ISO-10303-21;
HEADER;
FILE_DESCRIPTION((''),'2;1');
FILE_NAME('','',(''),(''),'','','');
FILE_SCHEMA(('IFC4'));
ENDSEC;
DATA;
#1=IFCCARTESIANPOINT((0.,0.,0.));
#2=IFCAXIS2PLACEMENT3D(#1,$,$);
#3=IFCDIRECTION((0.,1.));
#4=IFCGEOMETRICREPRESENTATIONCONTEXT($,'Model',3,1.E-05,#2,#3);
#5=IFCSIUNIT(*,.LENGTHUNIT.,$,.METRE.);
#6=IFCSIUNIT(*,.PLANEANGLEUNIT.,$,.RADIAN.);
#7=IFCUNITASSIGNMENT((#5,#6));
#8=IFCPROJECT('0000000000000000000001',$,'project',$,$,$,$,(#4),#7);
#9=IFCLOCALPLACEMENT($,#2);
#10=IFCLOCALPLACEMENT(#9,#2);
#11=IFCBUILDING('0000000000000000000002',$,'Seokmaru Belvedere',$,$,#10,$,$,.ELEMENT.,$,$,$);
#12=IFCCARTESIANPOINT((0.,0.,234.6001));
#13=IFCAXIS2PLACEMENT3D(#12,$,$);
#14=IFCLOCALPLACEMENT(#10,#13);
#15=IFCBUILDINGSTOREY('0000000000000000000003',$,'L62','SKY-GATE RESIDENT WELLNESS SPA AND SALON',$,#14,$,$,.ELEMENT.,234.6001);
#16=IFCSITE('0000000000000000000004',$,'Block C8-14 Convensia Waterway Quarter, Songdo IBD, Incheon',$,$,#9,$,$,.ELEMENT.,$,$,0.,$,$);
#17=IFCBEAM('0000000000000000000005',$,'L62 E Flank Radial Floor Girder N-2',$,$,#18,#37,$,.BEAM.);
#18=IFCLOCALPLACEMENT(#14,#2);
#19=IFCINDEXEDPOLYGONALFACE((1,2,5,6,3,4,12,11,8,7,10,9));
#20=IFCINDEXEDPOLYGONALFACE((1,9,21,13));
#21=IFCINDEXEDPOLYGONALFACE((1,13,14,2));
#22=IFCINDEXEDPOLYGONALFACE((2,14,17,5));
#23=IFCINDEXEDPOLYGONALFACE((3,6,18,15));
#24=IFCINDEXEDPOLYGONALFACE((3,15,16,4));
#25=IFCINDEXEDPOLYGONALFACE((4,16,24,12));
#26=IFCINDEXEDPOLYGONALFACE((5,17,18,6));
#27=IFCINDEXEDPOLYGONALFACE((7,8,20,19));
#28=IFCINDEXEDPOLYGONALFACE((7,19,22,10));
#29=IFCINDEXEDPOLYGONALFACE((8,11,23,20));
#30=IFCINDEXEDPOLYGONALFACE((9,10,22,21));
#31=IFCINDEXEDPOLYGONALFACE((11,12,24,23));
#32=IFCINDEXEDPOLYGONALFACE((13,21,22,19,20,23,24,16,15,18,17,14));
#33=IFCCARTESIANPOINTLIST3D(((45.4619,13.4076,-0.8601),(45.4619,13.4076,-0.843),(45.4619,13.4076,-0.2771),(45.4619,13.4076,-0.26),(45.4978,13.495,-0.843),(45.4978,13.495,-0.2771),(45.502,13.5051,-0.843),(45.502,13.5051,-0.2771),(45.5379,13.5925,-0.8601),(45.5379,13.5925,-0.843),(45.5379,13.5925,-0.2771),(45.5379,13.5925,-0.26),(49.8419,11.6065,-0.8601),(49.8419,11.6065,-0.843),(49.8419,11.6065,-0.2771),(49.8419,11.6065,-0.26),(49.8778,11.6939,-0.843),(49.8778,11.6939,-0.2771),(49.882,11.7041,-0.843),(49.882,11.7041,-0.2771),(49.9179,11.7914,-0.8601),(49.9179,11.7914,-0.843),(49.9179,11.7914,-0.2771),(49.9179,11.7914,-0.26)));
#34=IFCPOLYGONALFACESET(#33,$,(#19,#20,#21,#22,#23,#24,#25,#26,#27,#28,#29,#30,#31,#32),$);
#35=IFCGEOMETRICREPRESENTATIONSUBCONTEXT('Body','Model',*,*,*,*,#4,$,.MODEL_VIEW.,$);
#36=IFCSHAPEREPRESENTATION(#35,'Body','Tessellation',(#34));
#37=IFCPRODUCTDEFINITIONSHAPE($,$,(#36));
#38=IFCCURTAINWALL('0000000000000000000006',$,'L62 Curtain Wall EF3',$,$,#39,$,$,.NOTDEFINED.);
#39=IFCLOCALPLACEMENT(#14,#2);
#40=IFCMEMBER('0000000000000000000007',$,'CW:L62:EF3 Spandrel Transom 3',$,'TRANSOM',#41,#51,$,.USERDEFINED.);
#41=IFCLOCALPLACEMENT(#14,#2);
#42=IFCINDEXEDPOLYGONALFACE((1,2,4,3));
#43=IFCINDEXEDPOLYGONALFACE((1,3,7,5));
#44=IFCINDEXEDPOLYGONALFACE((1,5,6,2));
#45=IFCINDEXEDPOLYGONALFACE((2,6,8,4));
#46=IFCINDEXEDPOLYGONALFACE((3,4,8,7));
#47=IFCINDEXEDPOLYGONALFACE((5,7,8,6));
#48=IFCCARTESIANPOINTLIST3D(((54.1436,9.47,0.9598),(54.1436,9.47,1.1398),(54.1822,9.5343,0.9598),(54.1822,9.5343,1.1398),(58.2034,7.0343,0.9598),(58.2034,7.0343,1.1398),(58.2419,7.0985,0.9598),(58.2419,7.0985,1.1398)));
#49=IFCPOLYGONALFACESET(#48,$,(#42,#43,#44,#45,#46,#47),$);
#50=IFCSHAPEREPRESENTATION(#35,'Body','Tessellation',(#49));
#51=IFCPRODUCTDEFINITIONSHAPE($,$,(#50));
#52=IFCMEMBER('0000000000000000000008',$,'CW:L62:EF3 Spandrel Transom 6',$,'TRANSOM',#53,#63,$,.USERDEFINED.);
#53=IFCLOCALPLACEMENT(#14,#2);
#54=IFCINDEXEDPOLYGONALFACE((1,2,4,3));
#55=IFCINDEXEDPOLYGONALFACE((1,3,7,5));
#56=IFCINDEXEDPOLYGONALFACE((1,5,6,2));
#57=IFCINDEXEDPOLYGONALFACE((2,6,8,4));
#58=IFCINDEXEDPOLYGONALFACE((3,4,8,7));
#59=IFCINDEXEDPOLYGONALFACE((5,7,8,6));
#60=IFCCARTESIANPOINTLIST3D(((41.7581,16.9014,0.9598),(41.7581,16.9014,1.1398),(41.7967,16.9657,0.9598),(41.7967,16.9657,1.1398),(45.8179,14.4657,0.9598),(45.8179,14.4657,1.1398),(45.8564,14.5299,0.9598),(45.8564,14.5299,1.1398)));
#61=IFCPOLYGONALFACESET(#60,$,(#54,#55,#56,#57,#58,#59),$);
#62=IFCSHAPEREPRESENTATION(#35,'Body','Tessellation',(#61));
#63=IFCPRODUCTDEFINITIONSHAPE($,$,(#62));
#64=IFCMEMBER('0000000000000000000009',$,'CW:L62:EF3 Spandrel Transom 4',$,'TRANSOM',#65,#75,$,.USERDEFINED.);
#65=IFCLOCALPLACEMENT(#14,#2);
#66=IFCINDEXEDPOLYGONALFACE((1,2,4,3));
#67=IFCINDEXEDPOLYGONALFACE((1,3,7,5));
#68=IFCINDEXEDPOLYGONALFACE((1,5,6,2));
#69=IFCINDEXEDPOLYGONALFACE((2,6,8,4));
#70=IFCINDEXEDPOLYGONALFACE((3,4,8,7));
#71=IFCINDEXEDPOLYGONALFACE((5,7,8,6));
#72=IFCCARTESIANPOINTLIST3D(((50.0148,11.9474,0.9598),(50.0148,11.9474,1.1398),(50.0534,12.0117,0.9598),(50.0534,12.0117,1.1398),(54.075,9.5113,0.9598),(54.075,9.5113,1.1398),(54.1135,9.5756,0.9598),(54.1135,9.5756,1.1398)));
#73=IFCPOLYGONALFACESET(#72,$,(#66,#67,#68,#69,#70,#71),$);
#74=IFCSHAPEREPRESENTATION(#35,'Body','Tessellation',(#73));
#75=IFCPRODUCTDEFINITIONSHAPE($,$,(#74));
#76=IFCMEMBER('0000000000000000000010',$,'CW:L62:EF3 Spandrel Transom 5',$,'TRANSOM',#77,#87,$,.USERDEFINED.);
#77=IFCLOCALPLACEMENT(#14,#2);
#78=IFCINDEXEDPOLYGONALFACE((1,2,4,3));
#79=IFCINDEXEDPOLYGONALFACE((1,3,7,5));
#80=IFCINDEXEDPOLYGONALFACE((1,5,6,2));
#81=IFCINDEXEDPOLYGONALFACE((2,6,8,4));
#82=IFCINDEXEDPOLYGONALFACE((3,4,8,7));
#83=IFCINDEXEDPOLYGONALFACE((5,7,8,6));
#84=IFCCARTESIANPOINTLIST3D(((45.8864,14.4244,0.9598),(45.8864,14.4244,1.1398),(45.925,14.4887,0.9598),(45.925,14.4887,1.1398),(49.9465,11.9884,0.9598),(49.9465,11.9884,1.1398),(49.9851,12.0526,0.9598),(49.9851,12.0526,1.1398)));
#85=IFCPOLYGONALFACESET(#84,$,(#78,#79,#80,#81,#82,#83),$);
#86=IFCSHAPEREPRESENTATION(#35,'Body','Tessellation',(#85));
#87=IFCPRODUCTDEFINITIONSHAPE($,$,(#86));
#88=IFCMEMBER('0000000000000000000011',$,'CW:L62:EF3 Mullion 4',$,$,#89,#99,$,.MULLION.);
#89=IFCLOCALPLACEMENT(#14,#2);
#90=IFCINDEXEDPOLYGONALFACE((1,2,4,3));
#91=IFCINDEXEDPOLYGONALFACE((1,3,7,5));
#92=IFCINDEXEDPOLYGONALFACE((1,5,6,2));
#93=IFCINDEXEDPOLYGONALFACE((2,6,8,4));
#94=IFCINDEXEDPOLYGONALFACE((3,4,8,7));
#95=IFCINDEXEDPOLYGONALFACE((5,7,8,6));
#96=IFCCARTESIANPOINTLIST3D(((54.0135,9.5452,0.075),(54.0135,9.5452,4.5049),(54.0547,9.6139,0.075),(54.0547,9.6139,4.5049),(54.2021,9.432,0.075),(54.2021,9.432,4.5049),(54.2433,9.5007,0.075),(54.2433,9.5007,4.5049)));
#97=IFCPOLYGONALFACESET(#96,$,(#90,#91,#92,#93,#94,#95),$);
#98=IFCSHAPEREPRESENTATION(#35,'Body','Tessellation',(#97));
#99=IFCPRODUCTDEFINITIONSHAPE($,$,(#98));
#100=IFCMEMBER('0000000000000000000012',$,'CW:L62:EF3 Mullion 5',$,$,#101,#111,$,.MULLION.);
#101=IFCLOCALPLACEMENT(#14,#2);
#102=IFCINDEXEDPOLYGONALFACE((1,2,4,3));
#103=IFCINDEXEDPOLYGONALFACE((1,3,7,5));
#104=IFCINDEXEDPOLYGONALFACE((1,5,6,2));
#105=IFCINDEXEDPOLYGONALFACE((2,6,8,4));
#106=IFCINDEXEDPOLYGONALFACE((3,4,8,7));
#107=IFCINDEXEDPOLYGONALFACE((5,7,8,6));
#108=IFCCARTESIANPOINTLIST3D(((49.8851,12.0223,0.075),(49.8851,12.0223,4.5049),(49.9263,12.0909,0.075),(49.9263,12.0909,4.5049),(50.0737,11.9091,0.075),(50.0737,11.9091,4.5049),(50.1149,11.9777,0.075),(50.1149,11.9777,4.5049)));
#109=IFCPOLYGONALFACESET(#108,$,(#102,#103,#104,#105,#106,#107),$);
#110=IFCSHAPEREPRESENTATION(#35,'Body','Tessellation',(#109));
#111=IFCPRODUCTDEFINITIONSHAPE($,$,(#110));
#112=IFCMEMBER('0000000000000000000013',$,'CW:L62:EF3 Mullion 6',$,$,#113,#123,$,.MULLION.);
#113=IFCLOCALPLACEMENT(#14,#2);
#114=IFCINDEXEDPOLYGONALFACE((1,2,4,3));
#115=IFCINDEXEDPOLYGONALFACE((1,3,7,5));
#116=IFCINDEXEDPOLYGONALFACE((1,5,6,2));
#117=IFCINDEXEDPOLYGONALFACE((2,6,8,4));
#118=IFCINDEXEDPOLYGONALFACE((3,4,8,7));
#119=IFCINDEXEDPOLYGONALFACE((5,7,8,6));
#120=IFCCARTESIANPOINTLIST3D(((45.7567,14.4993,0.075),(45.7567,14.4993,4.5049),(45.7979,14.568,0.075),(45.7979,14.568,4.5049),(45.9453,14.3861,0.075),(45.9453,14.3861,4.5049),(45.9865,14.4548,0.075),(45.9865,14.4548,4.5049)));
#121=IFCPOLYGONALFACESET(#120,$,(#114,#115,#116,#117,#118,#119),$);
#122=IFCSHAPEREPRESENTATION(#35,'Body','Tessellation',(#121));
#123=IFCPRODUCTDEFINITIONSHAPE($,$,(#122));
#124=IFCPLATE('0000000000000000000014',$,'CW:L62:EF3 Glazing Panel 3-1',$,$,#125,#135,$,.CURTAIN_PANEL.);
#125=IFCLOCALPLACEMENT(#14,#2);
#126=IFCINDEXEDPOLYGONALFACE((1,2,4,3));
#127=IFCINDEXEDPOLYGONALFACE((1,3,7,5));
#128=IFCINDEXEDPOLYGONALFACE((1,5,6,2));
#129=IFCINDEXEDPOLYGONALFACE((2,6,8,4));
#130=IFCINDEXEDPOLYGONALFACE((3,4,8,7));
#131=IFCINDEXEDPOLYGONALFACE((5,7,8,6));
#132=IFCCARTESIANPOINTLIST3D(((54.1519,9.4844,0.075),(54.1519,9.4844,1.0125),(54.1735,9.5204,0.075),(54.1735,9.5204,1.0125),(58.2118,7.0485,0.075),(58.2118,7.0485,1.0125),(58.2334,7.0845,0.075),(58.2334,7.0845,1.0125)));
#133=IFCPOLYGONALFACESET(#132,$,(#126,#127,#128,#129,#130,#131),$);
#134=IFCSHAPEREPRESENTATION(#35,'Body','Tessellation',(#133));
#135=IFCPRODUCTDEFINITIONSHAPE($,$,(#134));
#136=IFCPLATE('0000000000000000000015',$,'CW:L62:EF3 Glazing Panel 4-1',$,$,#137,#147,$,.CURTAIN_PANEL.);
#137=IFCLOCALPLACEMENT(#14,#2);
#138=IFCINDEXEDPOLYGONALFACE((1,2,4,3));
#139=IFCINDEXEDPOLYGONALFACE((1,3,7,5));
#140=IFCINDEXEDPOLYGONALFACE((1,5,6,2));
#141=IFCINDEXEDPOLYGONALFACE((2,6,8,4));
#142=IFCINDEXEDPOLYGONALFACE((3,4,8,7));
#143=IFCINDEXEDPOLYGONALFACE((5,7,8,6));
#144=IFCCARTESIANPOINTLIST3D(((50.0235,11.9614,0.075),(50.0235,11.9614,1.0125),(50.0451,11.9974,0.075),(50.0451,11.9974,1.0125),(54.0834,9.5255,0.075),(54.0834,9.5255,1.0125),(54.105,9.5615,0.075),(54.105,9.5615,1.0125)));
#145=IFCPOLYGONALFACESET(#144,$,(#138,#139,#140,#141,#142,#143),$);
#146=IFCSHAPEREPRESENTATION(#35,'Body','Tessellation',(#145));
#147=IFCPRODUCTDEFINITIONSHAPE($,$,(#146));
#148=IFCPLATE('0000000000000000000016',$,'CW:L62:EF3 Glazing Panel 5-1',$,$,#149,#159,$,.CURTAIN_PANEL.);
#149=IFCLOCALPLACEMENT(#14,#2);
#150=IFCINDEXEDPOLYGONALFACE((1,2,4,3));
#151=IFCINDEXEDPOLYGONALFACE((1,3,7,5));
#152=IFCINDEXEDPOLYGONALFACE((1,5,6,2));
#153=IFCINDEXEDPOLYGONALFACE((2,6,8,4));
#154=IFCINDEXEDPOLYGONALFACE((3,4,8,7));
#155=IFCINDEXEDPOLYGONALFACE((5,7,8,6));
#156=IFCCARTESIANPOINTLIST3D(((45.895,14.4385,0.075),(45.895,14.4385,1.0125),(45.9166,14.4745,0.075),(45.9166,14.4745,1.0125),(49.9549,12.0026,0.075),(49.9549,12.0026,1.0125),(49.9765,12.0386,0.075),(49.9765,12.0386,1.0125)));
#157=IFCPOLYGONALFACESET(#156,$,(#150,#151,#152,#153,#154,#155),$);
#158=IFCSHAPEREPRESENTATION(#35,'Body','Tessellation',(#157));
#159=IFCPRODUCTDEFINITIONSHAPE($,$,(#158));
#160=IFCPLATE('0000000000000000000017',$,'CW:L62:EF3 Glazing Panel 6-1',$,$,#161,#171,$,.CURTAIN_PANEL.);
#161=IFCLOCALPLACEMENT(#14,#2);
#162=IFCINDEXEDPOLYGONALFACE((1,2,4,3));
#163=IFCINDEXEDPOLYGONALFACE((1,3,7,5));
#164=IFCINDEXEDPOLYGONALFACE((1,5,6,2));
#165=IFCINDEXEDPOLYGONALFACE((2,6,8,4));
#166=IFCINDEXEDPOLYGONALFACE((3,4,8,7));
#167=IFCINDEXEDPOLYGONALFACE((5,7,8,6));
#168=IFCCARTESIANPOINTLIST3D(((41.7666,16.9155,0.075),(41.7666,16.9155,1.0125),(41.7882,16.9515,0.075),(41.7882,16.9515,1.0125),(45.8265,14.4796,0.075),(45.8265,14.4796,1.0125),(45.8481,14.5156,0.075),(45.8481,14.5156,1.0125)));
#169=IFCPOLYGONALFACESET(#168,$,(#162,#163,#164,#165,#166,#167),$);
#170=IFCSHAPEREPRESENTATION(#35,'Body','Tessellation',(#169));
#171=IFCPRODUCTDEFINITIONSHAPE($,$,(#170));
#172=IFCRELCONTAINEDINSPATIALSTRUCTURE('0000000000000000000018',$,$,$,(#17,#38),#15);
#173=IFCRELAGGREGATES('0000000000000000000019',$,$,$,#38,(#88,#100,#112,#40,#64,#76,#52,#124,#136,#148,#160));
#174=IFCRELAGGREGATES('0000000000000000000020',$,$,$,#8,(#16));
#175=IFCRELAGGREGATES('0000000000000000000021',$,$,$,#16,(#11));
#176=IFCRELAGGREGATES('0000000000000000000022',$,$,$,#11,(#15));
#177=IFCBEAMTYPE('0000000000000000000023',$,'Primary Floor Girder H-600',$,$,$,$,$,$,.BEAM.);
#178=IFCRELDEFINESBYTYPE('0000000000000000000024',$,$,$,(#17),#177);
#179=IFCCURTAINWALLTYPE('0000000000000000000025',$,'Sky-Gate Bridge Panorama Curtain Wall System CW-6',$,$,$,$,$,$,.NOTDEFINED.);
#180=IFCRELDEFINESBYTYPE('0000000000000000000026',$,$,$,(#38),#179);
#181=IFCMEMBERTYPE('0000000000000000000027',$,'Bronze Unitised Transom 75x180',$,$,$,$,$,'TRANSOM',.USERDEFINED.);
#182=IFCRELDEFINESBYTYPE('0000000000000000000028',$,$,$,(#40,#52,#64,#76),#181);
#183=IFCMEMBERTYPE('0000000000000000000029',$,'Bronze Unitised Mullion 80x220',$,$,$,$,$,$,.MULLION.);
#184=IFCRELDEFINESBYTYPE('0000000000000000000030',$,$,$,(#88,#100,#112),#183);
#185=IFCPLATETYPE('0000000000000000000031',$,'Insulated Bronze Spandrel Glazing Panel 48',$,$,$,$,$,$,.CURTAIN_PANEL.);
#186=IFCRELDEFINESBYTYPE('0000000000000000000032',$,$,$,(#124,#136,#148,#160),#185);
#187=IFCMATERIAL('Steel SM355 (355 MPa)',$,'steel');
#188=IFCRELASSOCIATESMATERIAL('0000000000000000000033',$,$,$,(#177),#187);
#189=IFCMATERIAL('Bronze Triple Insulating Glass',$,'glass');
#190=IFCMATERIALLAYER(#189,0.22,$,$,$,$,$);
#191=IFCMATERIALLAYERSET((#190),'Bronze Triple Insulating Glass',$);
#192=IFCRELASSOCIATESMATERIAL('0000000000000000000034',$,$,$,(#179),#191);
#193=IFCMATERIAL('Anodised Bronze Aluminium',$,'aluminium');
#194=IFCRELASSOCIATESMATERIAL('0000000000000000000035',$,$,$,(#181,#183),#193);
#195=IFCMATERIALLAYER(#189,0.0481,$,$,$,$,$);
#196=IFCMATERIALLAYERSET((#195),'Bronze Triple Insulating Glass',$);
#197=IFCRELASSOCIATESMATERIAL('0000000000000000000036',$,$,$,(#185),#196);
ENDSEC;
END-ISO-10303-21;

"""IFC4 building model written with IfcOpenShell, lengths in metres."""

from ifc_helpers import new_model, si_unit, direction, frame, origin, origin_2d, place, context, subcontext, project, spatial, rectangle, i_section, extrude, source, transform, mapped, material, layer, layer_set, material_profile, profile_set, type_object, type_shapes, element, aggregate, save


model = new_model("IFC4")

# Units and contexts
model_context = context("Model", 3, precision=1e-05, world=origin(), true_north=direction((0.0, 1.0)))
body_context = subcontext(model_context, "Body", "Model", "MODEL_VIEW")
ifc_project = project(units=[si_unit("LENGTHUNIT", "METRE"), si_unit("PLANEANGLEUNIT", "RADIAN")], contexts=[model_context])

# Site, building, storey
site_placement = place(None, origin())
site = spatial("IfcSite", under=ifc_project, at=site_placement, Name="Block C8-14 Convensia Waterway Quarter, Songdo IBD, Incheon", CompositionType="ELEMENT", RefElevation=0.0)
building_placement = place(site_placement, origin())
building = spatial("IfcBuilding", under=site, at=building_placement, Name="Seokmaru Belvedere", CompositionType="ELEMENT")
storey_placement = place(building_placement, frame((0.0, 0.0, 234.6001)))
storey = spatial("IfcBuildingStorey", under=building, at=storey_placement, Name="L62", Description="SKY-GATE RESIDENT WELLNESS SPA AND SALON", CompositionType="ELEMENT", Elevation=234.6001)

# Shared definitions
ifc_material_1 = material(Name="Steel SM355 (355 MPa)", Category="steel")

# Beam
ifc_material_profile_1 = material_profile(ifc_material_1, i_section(OverallWidth=0.2, OverallDepth=0.6001, WebThickness=0.011, FlangeThickness=0.0171, at=origin_2d()), Name="H-600x200x11x17")
ifc_profile_set_1 = profile_set([ifc_material_profile_1], Name="Steel SM355 (355 MPa)")
beam_type_1 = type_object("IfcBeamType", Name="Primary Floor Girder H-600", PredefinedType="BEAM", material=ifc_profile_set_1)
shared_shape_1 = source(origin(), body_context, "Body", "SweptSolid", [
    extrude(i_section(OverallWidth=0.2, OverallDepth=0.6001, WebThickness=0.011, FlangeThickness=0.0171, at=origin_2d()), origin(), (0.0, 0.0, 1.0), 4.7358),
])
beam_1_placement = place(storey_placement, frame((49.8799, 11.699, -0.5601), z_axis=(-0.924861, 0.380306, 0.0), x_axis=(-0.380306, -0.924861, 0.0)))
element("IfcBeam", 1, at=beam_1_placement, inside=storey, type_object=beam_type_1, Name="L62 E Flank Radial Floor Girder N-2", PredefinedType="BEAM", context=body_context, shape_type="MappedRepresentation", body=[
    mapped(shared_shape_1, transform((0.0, 0.0, 0.0), scale=1.0)),
])

# Curtain wall, members, plates
ifc_material_2 = material(Name="Bronze Triple Insulating Glass", Category="glass")
ifc_layer_1 = layer(ifc_material_2, 0.22)
ifc_layer_set_1 = layer_set([ifc_layer_1], Name="Bronze Triple Insulating Glass")
curtain_wall_type = type_object("IfcCurtainWallType", Name="Sky-Gate Bridge Panorama Curtain Wall System CW-6", PredefinedType="NOTDEFINED", material=ifc_layer_set_1)
curtain_wall_placement = place(storey_placement, origin())
curtain_wall = element("IfcCurtainWall", 2, at=curtain_wall_placement, inside=storey, type_object=curtain_wall_type, Name="L62 Curtain Wall EF3", PredefinedType="NOTDEFINED")
ifc_material_3 = material(Name="Anodised Bronze Aluminium", Category="aluminium")
ifc_material_profile_2 = material_profile(ifc_material_3, rectangle(XDim=0.075, YDim=0.1799, at=origin_2d()), Name="CW-T-75x180")
ifc_profile_set_2 = profile_set([ifc_material_profile_2], Name="Anodised Bronze Aluminium")
member_type_1 = type_object("IfcMemberType", Name="Bronze Unitised Transom 75x180", ElementType="TRANSOM", PredefinedType="USERDEFINED", material=ifc_profile_set_2)
shared_shape_2 = source(origin(), body_context, "Body", "SweptSolid", [
    extrude(rectangle(XDim=0.075, YDim=0.1799, at=origin_2d()), origin(), (0.0, 0.0, 1.0), 4.7344),
])
member_1_placement = place(storey_placement, frame((58.2227, 7.0664, 1.0498), z_axis=(-0.857502, 0.514481, 0.0), x_axis=(-0.514481, -0.857502, 0.0)))
member_1 = element("IfcMember", 3, at=member_1_placement, type_object=member_type_1, Name="CW:L62:EF3 Spandrel Transom 3", ObjectType="TRANSOM", PredefinedType="USERDEFINED", context=body_context, shape_type="MappedRepresentation", body=[
    mapped(shared_shape_2, transform((0.0, 0.0, 0.0), scale=1.0)),
])
member_2_placement = place(storey_placement, frame((45.8372, 14.4978, 1.0498), z_axis=(-0.857502, 0.514481, 0.0), x_axis=(-0.514481, -0.857502, 0.0)))
member_2 = element("IfcMember", 4, at=member_2_placement, type_object=member_type_1, Name="CW:L62:EF3 Spandrel Transom 6", ObjectType="TRANSOM", PredefinedType="USERDEFINED", context=body_context, shape_type="MappedRepresentation", body=[
    mapped(shared_shape_2, transform((0.0, 0.0, 0.0), scale=1.0)),
])
shared_shape_3 = source(origin(), body_context, "Body", "SweptSolid", [
    extrude(rectangle(XDim=0.075, YDim=0.1799, at=origin_2d()), origin(), (0.0, 0.0, 1.0), 4.7349),
])
type_shapes(member_type_1, [shared_shape_2, shared_shape_3])
member_3_placement = place(storey_placement, frame((54.0942, 9.5435, 1.0498), z_axis=(-0.857493, 0.514496, 0.0), x_axis=(-0.514496, -0.857493, 0.0)))
member_3 = element("IfcMember", 5, at=member_3_placement, type_object=member_type_1, Name="CW:L62:EF3 Spandrel Transom 4", ObjectType="TRANSOM", PredefinedType="USERDEFINED", context=body_context, shape_type="MappedRepresentation", body=[
    mapped(shared_shape_3, transform((0.0, 0.0, 0.0), scale=1.0)),
])
member_4_placement = place(storey_placement, frame((49.9658, 12.0205, 1.0498), z_axis=(-0.857493, 0.514496, 0.0), x_axis=(-0.514496, -0.857493, 0.0)))
member_4 = element("IfcMember", 6, at=member_4_placement, type_object=member_type_1, Name="CW:L62:EF3 Spandrel Transom 5", ObjectType="TRANSOM", PredefinedType="USERDEFINED", context=body_context, shape_type="MappedRepresentation", body=[
    mapped(shared_shape_3, transform((0.0, 0.0, 0.0), scale=1.0)),
])
ifc_material_profile_3 = material_profile(ifc_material_3, rectangle(XDim=0.0801, YDim=0.22, at=origin_2d()), Name="CW-M-80x220")
ifc_profile_set_3 = profile_set([ifc_material_profile_3], Name="Anodised Bronze Aluminium")
member_type_2 = type_object("IfcMemberType", Name="Bronze Unitised Mullion 80x220", PredefinedType="MULLION", material=ifc_profile_set_3)
shared_shape_4 = source(origin(), body_context, "Body", "SweptSolid", [
    extrude(rectangle(XDim=0.0801, YDim=0.22, at=origin_2d()), origin(), (0.0, 0.0, 1.0), 4.4299),
])
type_shapes(member_type_2, [shared_shape_4])
member_5_placement = place(storey_placement, frame((54.1284, 9.5229, 0.075), z_axis=(0.0, 0.0, 1.0), x_axis=(-0.514495, -0.857493, 0.0)))
member_5 = element("IfcMember", 7, at=member_5_placement, type_object=member_type_2, Name="CW:L62:EF3 Mullion 4", PredefinedType="MULLION", context=body_context, shape_type="MappedRepresentation", body=[
    mapped(shared_shape_4, transform((0.0, 0.0, 0.0), scale=1.0)),
])
member_6_placement = place(storey_placement, frame((50.0, 12.0, 0.075), z_axis=(0.0, 0.0, 1.0), x_axis=(-0.514495, -0.857493, 0.0)))
member_6 = element("IfcMember", 8, at=member_6_placement, type_object=member_type_2, Name="CW:L62:EF3 Mullion 5", PredefinedType="MULLION", context=body_context, shape_type="MappedRepresentation", body=[
    mapped(shared_shape_4, transform((0.0, 0.0, 0.0), scale=1.0)),
])
member_7_placement = place(storey_placement, frame((45.8716, 14.4771, 0.075), z_axis=(0.0, 0.0, 1.0), x_axis=(-0.514495, -0.857493, 0.0)))
member_7 = element("IfcMember", 9, at=member_7_placement, type_object=member_type_2, Name="CW:L62:EF3 Mullion 6", PredefinedType="MULLION", context=body_context, shape_type="MappedRepresentation", body=[
    mapped(shared_shape_4, transform((0.0, 0.0, 0.0), scale=1.0)),
])
ifc_layer_2 = layer(ifc_material_2, 0.0481)
ifc_layer_set_2 = layer_set([ifc_layer_2], Name="Bronze Triple Insulating Glass")
plate_type_1 = type_object("IfcPlateType", Name="Insulated Bronze Spandrel Glazing Panel 48", PredefinedType="CURTAIN_PANEL", material=ifc_layer_set_2)
shared_shape_5 = source(origin(), body_context, "Body", "SweptSolid", [
    extrude(rectangle(XDim=4.7346, YDim=0.042, at=origin_2d()), origin(), (0.0, 0.0, 1.0), 0.9375),
])
type_shapes(plate_type_1, [shared_shape_5])
plate_1_placement = place(storey_placement, frame((56.1926, 8.2844, 0.075), z_axis=(0.0, 0.0, 1.0), x_axis=(-0.857493, 0.514495, 0.0)))
plate_1 = element("IfcPlate", 10, at=plate_1_placement, type_object=plate_type_1, Name="CW:L62:EF3 Glazing Panel 3-1", PredefinedType="CURTAIN_PANEL", context=body_context, shape_type="MappedRepresentation", body=[
    mapped(shared_shape_5, transform((0.0, 0.0, 0.0), scale=1.0)),
])
plate_2_placement = place(storey_placement, frame((52.0642, 10.7615, 0.075), z_axis=(0.0, 0.0, 1.0), x_axis=(-0.857493, 0.514495, 0.0)))
plate_2 = element("IfcPlate", 11, at=plate_2_placement, type_object=plate_type_1, Name="CW:L62:EF3 Glazing Panel 4-1", PredefinedType="CURTAIN_PANEL", context=body_context, shape_type="MappedRepresentation", body=[
    mapped(shared_shape_5, transform((0.0, 0.0, 0.0), scale=1.0)),
])
plate_3_placement = place(storey_placement, frame((47.9358, 13.2385, 0.075), z_axis=(0.0, 0.0, 1.0), x_axis=(-0.857493, 0.514495, 0.0)))
plate_3 = element("IfcPlate", 12, at=plate_3_placement, type_object=plate_type_1, Name="CW:L62:EF3 Glazing Panel 5-1", PredefinedType="CURTAIN_PANEL", context=body_context, shape_type="MappedRepresentation", body=[
    mapped(shared_shape_5, transform((0.0, 0.0, 0.0), scale=1.0)),
])
plate_4_placement = place(storey_placement, frame((43.8074, 15.7156, 0.075), z_axis=(0.0, 0.0, 1.0), x_axis=(-0.857493, 0.514495, 0.0)))
plate_4 = element("IfcPlate", 13, at=plate_4_placement, type_object=plate_type_1, Name="CW:L62:EF3 Glazing Panel 6-1", PredefinedType="CURTAIN_PANEL", context=body_context, shape_type="MappedRepresentation", body=[
    mapped(shared_shape_5, transform((0.0, 0.0, 0.0), scale=1.0)),
])
aggregate(curtain_wall, [member_5, member_6, member_7, member_1, member_3, member_4, member_2, plate_1, plate_2, plate_3, plate_4])

save(model, "model.ifc")
